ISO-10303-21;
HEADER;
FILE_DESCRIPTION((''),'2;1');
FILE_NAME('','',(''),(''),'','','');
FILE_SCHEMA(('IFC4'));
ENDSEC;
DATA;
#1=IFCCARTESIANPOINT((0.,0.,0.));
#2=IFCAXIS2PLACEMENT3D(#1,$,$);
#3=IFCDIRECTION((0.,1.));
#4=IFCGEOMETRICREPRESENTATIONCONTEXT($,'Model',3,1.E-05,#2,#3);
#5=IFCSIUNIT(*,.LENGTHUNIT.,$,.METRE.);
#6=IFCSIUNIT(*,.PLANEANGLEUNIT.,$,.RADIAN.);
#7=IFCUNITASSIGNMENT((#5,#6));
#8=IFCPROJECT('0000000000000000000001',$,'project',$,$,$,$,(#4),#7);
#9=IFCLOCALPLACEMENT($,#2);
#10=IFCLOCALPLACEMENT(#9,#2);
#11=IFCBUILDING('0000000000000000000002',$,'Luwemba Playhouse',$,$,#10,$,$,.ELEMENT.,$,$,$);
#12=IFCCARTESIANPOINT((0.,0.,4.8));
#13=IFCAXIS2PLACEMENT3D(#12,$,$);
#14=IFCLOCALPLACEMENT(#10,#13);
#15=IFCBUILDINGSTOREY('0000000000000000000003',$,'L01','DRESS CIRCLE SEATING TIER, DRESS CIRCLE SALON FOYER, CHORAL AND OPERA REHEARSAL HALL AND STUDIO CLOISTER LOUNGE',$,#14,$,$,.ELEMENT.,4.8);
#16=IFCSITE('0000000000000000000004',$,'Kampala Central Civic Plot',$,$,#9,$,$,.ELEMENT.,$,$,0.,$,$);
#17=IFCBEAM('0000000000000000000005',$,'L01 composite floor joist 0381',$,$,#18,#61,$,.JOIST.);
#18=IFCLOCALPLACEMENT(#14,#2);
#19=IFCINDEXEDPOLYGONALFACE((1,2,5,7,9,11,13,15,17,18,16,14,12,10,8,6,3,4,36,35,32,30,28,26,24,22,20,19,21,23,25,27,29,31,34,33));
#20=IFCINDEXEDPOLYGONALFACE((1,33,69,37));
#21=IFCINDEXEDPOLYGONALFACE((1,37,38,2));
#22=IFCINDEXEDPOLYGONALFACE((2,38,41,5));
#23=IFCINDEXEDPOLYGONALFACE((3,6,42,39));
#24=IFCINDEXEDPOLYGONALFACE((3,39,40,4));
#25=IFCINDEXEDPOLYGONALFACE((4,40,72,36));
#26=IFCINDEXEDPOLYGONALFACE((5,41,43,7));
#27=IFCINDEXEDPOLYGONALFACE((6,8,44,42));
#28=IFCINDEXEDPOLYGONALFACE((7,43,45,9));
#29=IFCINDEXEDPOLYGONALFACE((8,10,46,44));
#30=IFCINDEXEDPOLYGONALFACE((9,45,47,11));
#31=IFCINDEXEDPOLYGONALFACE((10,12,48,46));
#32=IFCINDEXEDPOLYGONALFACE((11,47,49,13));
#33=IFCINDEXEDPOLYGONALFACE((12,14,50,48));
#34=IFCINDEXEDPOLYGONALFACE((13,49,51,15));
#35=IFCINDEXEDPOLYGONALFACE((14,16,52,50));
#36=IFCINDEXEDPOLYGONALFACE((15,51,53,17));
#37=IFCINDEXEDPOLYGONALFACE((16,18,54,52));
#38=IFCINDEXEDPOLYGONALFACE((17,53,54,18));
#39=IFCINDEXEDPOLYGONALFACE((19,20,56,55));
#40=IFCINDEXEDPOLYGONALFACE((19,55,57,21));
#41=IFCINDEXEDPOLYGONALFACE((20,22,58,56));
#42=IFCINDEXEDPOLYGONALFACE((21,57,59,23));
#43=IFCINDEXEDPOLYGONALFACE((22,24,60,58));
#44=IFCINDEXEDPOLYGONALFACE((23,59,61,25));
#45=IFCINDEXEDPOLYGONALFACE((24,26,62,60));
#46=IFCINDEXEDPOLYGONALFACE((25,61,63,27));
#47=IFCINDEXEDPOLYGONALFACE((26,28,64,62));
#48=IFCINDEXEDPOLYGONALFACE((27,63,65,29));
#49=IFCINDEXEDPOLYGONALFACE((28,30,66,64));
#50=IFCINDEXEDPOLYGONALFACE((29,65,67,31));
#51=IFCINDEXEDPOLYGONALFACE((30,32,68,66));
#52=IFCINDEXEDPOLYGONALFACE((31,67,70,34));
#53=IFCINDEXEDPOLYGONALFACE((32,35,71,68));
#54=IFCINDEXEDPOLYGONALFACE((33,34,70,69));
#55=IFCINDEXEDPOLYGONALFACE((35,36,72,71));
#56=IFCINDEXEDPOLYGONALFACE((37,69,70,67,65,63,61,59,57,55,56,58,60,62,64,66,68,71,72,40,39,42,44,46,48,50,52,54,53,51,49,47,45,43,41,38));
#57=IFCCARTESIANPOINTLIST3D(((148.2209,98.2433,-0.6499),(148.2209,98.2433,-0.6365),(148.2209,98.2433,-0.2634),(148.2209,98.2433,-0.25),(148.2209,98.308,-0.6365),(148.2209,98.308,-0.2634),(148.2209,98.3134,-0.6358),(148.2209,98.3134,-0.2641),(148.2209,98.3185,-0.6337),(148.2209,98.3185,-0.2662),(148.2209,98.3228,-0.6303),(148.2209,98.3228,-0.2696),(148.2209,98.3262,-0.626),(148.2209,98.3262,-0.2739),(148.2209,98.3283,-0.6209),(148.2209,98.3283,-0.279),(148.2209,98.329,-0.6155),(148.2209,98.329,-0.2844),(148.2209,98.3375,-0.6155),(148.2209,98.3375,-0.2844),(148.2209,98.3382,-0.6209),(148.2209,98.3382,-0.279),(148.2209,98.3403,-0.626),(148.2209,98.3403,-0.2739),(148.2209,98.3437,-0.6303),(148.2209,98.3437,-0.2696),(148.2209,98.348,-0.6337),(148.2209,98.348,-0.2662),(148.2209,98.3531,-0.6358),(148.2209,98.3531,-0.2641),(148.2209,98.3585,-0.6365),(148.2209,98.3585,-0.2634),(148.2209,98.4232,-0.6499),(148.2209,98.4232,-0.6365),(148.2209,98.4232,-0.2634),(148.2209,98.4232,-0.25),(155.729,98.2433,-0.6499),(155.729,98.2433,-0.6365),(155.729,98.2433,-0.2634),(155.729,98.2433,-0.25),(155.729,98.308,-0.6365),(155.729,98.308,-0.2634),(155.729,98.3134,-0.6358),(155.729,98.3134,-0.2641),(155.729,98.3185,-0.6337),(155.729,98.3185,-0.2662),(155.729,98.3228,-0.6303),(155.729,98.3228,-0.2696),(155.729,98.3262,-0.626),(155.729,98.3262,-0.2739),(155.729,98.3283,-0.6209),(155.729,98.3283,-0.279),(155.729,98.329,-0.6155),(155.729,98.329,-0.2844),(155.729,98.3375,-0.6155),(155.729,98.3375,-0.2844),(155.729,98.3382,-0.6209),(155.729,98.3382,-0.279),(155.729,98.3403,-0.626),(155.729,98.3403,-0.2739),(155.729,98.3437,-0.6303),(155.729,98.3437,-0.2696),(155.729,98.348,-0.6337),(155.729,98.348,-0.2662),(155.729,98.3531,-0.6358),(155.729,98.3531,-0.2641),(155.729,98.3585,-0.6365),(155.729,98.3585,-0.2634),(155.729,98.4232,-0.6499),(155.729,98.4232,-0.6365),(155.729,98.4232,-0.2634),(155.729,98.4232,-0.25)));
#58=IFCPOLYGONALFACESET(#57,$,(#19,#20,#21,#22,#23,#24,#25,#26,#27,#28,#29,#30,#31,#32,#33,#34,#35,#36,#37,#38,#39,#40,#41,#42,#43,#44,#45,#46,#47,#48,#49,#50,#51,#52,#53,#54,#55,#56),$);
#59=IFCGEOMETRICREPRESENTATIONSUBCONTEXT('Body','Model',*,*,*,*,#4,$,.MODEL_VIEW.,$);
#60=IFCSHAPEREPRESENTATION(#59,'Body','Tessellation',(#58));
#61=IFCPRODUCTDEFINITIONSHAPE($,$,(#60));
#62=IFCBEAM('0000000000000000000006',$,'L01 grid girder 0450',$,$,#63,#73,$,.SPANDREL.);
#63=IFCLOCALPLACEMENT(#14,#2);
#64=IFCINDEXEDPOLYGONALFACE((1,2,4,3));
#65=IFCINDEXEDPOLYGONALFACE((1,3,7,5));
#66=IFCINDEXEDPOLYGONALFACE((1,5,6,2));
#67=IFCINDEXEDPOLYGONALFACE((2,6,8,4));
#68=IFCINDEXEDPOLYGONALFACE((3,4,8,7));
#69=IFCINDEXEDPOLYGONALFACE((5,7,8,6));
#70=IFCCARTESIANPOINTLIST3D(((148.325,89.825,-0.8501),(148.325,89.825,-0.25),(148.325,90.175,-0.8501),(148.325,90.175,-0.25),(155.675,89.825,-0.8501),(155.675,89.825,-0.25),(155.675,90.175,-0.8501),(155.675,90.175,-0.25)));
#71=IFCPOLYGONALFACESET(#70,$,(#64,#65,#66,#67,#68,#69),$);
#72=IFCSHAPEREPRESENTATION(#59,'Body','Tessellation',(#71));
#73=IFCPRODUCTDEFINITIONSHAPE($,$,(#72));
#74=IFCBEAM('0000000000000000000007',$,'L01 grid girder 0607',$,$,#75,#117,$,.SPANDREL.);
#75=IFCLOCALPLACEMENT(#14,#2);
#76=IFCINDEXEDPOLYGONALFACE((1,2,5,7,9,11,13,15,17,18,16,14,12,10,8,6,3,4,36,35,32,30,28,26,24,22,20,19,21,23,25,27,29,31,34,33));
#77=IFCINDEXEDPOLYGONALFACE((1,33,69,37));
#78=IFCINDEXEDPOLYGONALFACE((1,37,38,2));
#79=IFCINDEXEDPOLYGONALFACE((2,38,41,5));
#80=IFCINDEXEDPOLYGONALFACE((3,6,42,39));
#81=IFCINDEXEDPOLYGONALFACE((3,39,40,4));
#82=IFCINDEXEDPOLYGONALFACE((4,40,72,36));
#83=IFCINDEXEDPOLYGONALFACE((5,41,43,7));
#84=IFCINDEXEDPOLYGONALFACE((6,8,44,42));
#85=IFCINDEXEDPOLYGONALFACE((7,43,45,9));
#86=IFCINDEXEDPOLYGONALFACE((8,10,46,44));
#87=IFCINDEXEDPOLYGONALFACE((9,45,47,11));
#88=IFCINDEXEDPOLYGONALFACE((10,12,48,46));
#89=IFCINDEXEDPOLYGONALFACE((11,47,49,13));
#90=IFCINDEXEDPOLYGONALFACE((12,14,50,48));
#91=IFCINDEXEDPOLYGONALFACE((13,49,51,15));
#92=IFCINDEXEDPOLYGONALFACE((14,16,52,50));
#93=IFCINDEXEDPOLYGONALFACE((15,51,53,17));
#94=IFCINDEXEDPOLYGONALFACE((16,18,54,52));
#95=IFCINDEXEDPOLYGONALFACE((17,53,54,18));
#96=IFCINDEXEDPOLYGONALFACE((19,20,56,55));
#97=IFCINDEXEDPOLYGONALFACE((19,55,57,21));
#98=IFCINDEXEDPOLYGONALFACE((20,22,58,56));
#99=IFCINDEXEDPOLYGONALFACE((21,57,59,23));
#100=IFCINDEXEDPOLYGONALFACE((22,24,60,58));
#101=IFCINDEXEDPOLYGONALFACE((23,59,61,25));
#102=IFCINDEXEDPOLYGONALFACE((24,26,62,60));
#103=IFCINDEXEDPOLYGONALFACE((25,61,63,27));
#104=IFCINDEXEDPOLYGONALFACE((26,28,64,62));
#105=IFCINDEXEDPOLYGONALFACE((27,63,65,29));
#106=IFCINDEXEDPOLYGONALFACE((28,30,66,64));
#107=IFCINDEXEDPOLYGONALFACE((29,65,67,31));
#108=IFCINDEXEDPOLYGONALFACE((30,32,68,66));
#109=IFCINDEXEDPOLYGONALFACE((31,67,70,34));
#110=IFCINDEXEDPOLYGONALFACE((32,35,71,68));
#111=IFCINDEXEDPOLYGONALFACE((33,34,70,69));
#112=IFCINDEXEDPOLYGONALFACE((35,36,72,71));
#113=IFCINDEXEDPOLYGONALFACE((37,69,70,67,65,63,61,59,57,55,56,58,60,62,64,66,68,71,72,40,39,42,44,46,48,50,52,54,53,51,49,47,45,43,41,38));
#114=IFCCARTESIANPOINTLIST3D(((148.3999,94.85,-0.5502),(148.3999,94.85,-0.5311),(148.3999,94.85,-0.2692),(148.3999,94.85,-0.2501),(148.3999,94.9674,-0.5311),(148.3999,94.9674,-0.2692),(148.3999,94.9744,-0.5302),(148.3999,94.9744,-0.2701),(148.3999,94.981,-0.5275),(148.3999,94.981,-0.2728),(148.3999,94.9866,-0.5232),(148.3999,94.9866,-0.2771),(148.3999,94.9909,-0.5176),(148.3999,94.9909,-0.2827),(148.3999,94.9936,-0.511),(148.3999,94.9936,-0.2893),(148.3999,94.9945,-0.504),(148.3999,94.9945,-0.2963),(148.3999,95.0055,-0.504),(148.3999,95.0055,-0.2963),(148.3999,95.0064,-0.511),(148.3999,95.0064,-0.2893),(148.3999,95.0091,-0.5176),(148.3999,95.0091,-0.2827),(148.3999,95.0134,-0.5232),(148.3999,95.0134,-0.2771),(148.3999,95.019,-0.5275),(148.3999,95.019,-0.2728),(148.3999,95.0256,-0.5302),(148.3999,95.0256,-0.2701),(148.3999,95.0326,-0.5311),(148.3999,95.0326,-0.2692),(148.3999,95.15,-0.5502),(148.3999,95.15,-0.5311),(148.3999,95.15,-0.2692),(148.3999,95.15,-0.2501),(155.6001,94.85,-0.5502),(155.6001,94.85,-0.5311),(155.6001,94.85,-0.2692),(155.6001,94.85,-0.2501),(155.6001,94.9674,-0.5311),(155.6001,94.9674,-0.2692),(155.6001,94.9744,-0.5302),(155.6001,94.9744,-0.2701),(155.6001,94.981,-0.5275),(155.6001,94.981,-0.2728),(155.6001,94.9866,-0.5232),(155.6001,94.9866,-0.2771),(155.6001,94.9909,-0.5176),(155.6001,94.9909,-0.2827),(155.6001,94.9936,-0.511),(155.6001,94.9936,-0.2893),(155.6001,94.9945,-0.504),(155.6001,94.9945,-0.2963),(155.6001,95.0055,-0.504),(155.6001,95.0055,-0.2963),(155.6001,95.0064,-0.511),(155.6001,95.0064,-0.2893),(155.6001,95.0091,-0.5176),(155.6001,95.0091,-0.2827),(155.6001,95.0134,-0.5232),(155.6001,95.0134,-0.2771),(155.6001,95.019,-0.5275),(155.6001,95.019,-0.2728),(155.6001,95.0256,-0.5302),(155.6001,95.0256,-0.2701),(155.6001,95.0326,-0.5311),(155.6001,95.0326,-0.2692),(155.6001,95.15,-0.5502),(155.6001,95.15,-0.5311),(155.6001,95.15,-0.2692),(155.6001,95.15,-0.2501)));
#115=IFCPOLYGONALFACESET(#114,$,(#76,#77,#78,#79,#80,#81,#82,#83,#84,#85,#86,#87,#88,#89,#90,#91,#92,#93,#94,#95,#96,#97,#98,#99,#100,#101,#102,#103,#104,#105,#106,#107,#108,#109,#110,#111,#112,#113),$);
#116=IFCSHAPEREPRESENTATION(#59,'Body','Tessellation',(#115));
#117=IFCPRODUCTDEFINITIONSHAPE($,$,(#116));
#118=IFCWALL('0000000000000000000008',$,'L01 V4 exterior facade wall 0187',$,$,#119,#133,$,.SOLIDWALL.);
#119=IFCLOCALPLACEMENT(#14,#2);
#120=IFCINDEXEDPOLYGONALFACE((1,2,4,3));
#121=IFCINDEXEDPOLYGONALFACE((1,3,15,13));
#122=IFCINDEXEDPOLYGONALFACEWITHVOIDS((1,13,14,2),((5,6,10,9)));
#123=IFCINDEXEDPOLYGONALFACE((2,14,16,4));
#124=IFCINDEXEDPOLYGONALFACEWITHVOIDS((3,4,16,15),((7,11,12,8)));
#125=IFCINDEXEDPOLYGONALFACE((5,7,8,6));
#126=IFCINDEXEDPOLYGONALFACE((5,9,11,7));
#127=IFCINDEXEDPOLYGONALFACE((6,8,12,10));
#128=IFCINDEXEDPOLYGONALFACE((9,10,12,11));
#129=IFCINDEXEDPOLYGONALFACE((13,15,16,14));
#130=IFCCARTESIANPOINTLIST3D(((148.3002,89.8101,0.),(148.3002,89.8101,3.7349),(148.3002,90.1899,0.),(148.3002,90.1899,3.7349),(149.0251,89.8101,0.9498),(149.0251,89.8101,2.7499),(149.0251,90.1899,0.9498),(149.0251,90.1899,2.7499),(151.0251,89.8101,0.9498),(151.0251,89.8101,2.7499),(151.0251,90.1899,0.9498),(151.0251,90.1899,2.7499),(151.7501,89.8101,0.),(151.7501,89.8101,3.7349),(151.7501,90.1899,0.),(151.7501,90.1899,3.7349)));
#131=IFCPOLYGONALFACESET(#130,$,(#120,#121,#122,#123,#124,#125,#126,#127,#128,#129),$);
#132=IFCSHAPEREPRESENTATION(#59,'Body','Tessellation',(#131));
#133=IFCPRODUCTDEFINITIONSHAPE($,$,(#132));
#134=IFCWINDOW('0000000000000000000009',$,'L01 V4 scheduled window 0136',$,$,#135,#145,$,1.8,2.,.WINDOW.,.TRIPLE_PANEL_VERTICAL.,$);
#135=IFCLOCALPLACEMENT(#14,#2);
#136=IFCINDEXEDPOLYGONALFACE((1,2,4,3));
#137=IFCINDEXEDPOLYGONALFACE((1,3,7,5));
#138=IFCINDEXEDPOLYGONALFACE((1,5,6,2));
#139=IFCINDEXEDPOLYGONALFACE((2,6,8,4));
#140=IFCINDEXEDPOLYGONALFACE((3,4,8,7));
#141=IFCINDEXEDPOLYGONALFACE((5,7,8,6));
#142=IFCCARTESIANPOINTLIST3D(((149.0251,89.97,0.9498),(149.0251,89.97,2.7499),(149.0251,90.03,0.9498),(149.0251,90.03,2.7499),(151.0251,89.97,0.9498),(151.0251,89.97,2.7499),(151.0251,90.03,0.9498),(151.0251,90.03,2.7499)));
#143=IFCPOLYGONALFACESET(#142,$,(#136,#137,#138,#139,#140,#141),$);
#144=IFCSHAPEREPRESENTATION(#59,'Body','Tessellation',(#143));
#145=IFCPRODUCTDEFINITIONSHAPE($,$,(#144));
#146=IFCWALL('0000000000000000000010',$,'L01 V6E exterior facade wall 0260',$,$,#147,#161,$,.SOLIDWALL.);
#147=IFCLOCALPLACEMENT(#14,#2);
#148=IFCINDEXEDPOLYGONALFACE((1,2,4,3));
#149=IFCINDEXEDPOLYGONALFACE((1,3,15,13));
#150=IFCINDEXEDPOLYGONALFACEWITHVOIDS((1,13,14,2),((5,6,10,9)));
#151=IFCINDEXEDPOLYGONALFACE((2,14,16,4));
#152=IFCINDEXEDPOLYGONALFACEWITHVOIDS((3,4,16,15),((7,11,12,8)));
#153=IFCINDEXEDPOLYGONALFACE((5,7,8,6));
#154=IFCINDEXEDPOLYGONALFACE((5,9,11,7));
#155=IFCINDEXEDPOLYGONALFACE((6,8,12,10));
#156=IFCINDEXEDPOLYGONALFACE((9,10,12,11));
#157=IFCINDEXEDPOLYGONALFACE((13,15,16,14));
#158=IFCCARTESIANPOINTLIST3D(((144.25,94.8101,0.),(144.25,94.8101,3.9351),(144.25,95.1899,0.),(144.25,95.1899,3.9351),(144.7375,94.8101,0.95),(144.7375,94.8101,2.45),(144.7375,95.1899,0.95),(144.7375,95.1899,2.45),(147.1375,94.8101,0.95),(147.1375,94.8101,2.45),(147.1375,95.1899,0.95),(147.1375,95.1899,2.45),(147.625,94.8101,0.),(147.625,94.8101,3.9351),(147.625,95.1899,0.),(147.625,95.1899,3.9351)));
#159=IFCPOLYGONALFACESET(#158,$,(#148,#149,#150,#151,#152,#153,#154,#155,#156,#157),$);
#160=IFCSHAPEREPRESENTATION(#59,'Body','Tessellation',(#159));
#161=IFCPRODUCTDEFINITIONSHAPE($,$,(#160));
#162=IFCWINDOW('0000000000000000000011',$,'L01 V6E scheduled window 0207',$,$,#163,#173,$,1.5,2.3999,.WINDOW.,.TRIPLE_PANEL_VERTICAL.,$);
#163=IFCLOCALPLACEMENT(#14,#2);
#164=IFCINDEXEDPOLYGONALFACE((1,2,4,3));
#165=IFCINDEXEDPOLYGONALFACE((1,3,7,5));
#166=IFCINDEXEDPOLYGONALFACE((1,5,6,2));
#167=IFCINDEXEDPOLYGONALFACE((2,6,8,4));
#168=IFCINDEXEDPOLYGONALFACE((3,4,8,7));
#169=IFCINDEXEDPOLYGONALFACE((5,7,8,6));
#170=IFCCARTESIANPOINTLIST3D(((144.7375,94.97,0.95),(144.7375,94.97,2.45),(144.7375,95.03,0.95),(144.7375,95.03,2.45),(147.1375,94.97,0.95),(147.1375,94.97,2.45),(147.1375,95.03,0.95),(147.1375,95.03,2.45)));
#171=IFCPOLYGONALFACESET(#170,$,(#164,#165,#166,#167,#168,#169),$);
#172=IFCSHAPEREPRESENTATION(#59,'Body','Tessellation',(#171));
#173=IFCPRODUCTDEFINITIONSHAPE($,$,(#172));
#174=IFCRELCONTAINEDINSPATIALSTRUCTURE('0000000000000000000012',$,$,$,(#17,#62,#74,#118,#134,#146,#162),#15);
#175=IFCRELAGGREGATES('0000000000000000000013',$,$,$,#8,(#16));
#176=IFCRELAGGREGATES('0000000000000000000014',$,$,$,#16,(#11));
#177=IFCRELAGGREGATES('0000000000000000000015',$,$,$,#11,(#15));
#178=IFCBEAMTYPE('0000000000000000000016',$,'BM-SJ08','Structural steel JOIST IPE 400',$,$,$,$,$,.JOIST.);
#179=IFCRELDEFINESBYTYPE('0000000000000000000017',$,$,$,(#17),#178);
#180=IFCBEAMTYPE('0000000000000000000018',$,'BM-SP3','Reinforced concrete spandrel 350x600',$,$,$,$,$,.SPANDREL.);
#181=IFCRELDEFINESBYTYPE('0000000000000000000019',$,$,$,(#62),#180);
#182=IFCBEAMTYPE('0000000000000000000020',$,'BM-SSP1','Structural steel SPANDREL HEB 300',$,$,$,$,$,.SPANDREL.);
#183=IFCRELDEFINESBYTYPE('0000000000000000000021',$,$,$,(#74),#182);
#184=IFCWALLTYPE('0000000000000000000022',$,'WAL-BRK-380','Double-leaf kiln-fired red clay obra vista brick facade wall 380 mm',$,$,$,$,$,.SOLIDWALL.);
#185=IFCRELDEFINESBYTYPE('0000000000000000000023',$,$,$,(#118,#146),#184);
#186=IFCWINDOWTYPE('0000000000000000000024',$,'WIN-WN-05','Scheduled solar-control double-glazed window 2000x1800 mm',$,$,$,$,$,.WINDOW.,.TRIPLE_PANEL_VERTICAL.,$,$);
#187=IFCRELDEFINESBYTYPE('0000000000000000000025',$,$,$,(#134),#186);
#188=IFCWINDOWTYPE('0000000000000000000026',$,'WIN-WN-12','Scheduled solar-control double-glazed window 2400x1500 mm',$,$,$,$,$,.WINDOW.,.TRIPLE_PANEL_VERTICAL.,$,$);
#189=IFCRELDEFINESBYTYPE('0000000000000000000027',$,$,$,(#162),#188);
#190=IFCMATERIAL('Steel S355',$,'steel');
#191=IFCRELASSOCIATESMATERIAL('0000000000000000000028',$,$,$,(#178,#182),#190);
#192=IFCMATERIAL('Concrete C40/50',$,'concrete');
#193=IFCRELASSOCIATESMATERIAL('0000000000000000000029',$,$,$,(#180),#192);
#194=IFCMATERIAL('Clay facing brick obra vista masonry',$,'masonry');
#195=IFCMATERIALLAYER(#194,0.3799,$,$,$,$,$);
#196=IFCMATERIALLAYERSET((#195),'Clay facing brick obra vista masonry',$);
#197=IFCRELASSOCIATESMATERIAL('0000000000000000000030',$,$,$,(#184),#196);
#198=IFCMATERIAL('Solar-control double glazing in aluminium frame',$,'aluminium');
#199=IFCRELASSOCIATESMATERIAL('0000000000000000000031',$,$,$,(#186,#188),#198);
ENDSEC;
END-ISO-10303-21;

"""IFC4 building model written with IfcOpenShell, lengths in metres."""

from ifc_helpers import new_model, si_unit, direction, frame, frame_2d, origin, origin_2d, place, context, subcontext, project, spatial, rectangle, i_section, extrude, material, layer, layer_set, material_profile, profile_set, type_object, element, fill, save


model = new_model("IFC4")

# Units and contexts
model_context = context("Model", 3, precision=1e-05, world=origin(), true_north=direction((0.0, 1.0)))
body_context = subcontext(model_context, "Body", "Model", "MODEL_VIEW")
ifc_project = project(units=[si_unit("LENGTHUNIT", "METRE"), si_unit("PLANEANGLEUNIT", "RADIAN")], contexts=[model_context])

# Site, building, storey
site_placement = place(None, origin())
site = spatial("IfcSite", under=ifc_project, at=site_placement, Name="Kampala Central Civic Plot", CompositionType="ELEMENT", RefElevation=0.0)
building_placement = place(site_placement, origin())
building = spatial("IfcBuilding", under=site, at=building_placement, Name="Luwemba Playhouse", CompositionType="ELEMENT")
storey_placement = place(building_placement, frame((0.0, 0.0, 4.8)))
storey = spatial("IfcBuildingStorey", under=building, at=storey_placement, Name="L01", Description="DRESS CIRCLE SEATING TIER, DRESS CIRCLE SALON FOYER, CHORAL AND OPERA REHEARSAL HALL AND STUDIO CLOISTER LOUNGE", CompositionType="ELEMENT", Elevation=4.8)

# Shared definitions
ifc_material_1 = material(Name="Concrete C40/50", Category="concrete")

# Beams
ifc_material_2 = material(Name="Steel S355", Category="steel")
ifc_material_profile_1 = material_profile(ifc_material_2, i_section(OverallWidth=0.1799, OverallDepth=0.3999, WebThickness=0.0085, FlangeThickness=0.0134, FilletRadius=0.021, at=origin_2d()))
ifc_profile_set_1 = profile_set([ifc_material_profile_1], Name="Steel S355")
beam_type_1 = type_object("IfcBeamType", Name="BM-SJ08", Description="Structural steel JOIST IPE 400", PredefinedType="JOIST", material=ifc_profile_set_1)
beam_1_placement = place(storey_placement, frame((148.2209, 98.3333, -0.45), z_axis=(1.0, 0.0, 0.0), x_axis=(0.0, 1.0, 0.0)))
element("IfcBeam", 1, at=beam_1_placement, inside=storey, type_object=beam_type_1, Name="L01 composite floor joist 0381", PredefinedType="JOIST", context=body_context, shape_type="SweptSolid", body=[
    extrude(i_section(OverallWidth=0.1799, OverallDepth=0.3999, WebThickness=0.0085, FlangeThickness=0.0134, FilletRadius=0.021, at=origin_2d()), origin(), (0.0, 0.0, 1.0), 7.5081),
])
ifc_material_profile_2 = material_profile(ifc_material_1, rectangle(XDim=0.3501, YDim=0.6001, at=origin_2d()))
ifc_profile_set_2 = profile_set([ifc_material_profile_2], Name="Concrete C40/50")
beam_type_2 = type_object("IfcBeamType", Name="BM-SP3", Description="Reinforced concrete spandrel 350x600", PredefinedType="SPANDREL", material=ifc_profile_set_2)
beam_2_placement = place(storey_placement, frame((148.325, 90.0, -0.55), z_axis=(1.0, 0.0, 0.0), x_axis=(0.0, 1.0, 0.0)))
element("IfcBeam", 2, at=beam_2_placement, inside=storey, type_object=beam_type_2, Name="L01 grid girder 0450", PredefinedType="SPANDREL", context=body_context, shape_type="SweptSolid", body=[
    extrude(rectangle(XDim=0.3501, YDim=0.6001, at=origin_2d()), origin(), (0.0, 0.0, 1.0), 7.3501),
])
ifc_material_profile_3 = material_profile(ifc_material_2, i_section(OverallWidth=0.3, OverallDepth=0.3, WebThickness=0.011, FlangeThickness=0.019, FilletRadius=0.0271, at=origin_2d()))
ifc_profile_set_3 = profile_set([ifc_material_profile_3], Name="Steel S355")
beam_type_3 = type_object("IfcBeamType", Name="BM-SSP1", Description="Structural steel SPANDREL HEB 300", PredefinedType="SPANDREL", material=ifc_profile_set_3)
beam_3_placement = place(storey_placement, frame((148.3999, 95.0, -0.4001), z_axis=(1.0, 0.0, 0.0), x_axis=(0.0, 1.0, 0.0)))
element("IfcBeam", 3, at=beam_3_placement, inside=storey, type_object=beam_type_3, Name="L01 grid girder 0607", PredefinedType="SPANDREL", context=body_context, shape_type="SweptSolid", body=[
    extrude(i_section(OverallWidth=0.3, OverallDepth=0.3, WebThickness=0.011, FlangeThickness=0.019, FilletRadius=0.0271, at=origin_2d()), origin(), (0.0, 0.0, 1.0), 7.2002),
])

# Walls, openings, windows
ifc_material_3 = material(Name="Clay facing brick obra vista masonry", Category="masonry")
ifc_layer_1 = layer(ifc_material_3, 0.3799)
ifc_layer_set_1 = layer_set([ifc_layer_1], Name="Clay facing brick obra vista masonry")
wall_type_1 = type_object("IfcWallType", Name="WAL-BRK-380", Description="Double-leaf kiln-fired red clay obra vista brick facade wall 380 mm", PredefinedType="SOLIDWALL", material=ifc_layer_set_1)
wall_1_placement = place(storey_placement, frame((148.3, 90.0, 0.0), z_axis=(0.0, 0.0, 1.0), x_axis=(1.0, 0.0, 0.0)))
wall_1 = element("IfcWall", 4, at=wall_1_placement, inside=storey, type_object=wall_type_1, Name="L01 V4 exterior facade wall 0187", PredefinedType="SOLIDWALL", context=body_context, shape_type="SweptSolid", body=[
    extrude(rectangle(XDim=3.45, YDim=0.3799, at=frame_2d((1.7251, 0.0))), origin(), (0.0, 0.0, 1.0), 3.7349),
])
opening_1_placement = place(wall_1_placement, frame((0.7251, 0.0, 0.95)))
opening_1 = element("IfcOpeningElement", 5, at=opening_1_placement, cuts=wall_1, PredefinedType="OPENING", context=body_context, shape_type="SweptSolid", body=[
    extrude(rectangle(XDim=2.0, YDim=1.8, at=frame_2d((1.0, 0.8999))), frame((0.0, 0.2, 0.0), z_axis=(0.0, -1.0, 0.0), x_axis=(1.0, 0.0, 0.0)), (0.0, 0.0, 1.0), 0.3999),
])
ifc_material_4 = material(Name="Solar-control double glazing in aluminium frame", Category="aluminium")
window_type_1 = type_object("IfcWindowType", Name="WIN-WN-05", Description="Scheduled solar-control double-glazed window 2000x1800 mm", PartitioningType="TRIPLE_PANEL_VERTICAL", PredefinedType="WINDOW", material=ifc_material_4)
window_1_placement = place(opening_1_placement, origin())
window_1 = element("IfcWindow", 6, at=window_1_placement, inside=storey, type_object=window_type_1, Name="L01 V4 scheduled window 0136", OverallHeight=1.8, OverallWidth=2.0, PartitioningType="TRIPLE_PANEL_VERTICAL", PredefinedType="WINDOW", context=body_context, shape_type="SweptSolid", body=[
    extrude(rectangle(XDim=2.0, YDim=1.8, at=frame_2d((1.0, 0.8999))), frame((0.0, 0.03, 0.0), z_axis=(0.0, -1.0, 0.0), x_axis=(1.0, 0.0, 0.0)), (0.0, 0.0, 1.0), 0.0601),
])
fill(opening_1, window_1)
wall_2_placement = place(storey_placement, frame((147.625, 95.0, 0.0), z_axis=(0.0, 0.0, 1.0), x_axis=(-1.0, 0.0, 0.0)))
wall_2 = element("IfcWall", 7, at=wall_2_placement, inside=storey, type_object=wall_type_1, Name="L01 V6E exterior facade wall 0260", PredefinedType="SOLIDWALL", context=body_context, shape_type="SweptSolid", body=[
    extrude(rectangle(XDim=3.375, YDim=0.3799, at=frame_2d((1.6875, 0.0))), origin(), (0.0, 0.0, 1.0), 3.9351),
])
opening_2_placement = place(wall_2_placement, frame((0.4875, 0.0, 0.95)))
opening_2 = element("IfcOpeningElement", 8, at=opening_2_placement, cuts=wall_2, PredefinedType="OPENING", context=body_context, shape_type="SweptSolid", body=[
    extrude(rectangle(XDim=2.3999, YDim=1.5, at=frame_2d((1.2, 0.75))), frame((0.0, 0.2, 0.0), z_axis=(0.0, -1.0, 0.0), x_axis=(1.0, 0.0, 0.0)), (0.0, 0.0, 1.0), 0.3999),
])
window_type_2 = type_object("IfcWindowType", Name="WIN-WN-12", Description="Scheduled solar-control double-glazed window 2400x1500 mm", PartitioningType="TRIPLE_PANEL_VERTICAL", PredefinedType="WINDOW", material=ifc_material_4)
window_2_placement = place(opening_2_placement, origin())
window_2 = element("IfcWindow", 9, at=window_2_placement, inside=storey, type_object=window_type_2, Name="L01 V6E scheduled window 0207", OverallHeight=1.5, OverallWidth=2.3999, PartitioningType="TRIPLE_PANEL_VERTICAL", PredefinedType="WINDOW", context=body_context, shape_type="SweptSolid", body=[
    extrude(rectangle(XDim=2.3999, YDim=1.5, at=frame_2d((1.2, 0.75))), frame((0.0, 0.03, 0.0), z_axis=(0.0, -1.0, 0.0), x_axis=(1.0, 0.0, 0.0)), (0.0, 0.0, 1.0), 0.0601),
])
fill(opening_2, window_2)

save(model, "model.ifc")
